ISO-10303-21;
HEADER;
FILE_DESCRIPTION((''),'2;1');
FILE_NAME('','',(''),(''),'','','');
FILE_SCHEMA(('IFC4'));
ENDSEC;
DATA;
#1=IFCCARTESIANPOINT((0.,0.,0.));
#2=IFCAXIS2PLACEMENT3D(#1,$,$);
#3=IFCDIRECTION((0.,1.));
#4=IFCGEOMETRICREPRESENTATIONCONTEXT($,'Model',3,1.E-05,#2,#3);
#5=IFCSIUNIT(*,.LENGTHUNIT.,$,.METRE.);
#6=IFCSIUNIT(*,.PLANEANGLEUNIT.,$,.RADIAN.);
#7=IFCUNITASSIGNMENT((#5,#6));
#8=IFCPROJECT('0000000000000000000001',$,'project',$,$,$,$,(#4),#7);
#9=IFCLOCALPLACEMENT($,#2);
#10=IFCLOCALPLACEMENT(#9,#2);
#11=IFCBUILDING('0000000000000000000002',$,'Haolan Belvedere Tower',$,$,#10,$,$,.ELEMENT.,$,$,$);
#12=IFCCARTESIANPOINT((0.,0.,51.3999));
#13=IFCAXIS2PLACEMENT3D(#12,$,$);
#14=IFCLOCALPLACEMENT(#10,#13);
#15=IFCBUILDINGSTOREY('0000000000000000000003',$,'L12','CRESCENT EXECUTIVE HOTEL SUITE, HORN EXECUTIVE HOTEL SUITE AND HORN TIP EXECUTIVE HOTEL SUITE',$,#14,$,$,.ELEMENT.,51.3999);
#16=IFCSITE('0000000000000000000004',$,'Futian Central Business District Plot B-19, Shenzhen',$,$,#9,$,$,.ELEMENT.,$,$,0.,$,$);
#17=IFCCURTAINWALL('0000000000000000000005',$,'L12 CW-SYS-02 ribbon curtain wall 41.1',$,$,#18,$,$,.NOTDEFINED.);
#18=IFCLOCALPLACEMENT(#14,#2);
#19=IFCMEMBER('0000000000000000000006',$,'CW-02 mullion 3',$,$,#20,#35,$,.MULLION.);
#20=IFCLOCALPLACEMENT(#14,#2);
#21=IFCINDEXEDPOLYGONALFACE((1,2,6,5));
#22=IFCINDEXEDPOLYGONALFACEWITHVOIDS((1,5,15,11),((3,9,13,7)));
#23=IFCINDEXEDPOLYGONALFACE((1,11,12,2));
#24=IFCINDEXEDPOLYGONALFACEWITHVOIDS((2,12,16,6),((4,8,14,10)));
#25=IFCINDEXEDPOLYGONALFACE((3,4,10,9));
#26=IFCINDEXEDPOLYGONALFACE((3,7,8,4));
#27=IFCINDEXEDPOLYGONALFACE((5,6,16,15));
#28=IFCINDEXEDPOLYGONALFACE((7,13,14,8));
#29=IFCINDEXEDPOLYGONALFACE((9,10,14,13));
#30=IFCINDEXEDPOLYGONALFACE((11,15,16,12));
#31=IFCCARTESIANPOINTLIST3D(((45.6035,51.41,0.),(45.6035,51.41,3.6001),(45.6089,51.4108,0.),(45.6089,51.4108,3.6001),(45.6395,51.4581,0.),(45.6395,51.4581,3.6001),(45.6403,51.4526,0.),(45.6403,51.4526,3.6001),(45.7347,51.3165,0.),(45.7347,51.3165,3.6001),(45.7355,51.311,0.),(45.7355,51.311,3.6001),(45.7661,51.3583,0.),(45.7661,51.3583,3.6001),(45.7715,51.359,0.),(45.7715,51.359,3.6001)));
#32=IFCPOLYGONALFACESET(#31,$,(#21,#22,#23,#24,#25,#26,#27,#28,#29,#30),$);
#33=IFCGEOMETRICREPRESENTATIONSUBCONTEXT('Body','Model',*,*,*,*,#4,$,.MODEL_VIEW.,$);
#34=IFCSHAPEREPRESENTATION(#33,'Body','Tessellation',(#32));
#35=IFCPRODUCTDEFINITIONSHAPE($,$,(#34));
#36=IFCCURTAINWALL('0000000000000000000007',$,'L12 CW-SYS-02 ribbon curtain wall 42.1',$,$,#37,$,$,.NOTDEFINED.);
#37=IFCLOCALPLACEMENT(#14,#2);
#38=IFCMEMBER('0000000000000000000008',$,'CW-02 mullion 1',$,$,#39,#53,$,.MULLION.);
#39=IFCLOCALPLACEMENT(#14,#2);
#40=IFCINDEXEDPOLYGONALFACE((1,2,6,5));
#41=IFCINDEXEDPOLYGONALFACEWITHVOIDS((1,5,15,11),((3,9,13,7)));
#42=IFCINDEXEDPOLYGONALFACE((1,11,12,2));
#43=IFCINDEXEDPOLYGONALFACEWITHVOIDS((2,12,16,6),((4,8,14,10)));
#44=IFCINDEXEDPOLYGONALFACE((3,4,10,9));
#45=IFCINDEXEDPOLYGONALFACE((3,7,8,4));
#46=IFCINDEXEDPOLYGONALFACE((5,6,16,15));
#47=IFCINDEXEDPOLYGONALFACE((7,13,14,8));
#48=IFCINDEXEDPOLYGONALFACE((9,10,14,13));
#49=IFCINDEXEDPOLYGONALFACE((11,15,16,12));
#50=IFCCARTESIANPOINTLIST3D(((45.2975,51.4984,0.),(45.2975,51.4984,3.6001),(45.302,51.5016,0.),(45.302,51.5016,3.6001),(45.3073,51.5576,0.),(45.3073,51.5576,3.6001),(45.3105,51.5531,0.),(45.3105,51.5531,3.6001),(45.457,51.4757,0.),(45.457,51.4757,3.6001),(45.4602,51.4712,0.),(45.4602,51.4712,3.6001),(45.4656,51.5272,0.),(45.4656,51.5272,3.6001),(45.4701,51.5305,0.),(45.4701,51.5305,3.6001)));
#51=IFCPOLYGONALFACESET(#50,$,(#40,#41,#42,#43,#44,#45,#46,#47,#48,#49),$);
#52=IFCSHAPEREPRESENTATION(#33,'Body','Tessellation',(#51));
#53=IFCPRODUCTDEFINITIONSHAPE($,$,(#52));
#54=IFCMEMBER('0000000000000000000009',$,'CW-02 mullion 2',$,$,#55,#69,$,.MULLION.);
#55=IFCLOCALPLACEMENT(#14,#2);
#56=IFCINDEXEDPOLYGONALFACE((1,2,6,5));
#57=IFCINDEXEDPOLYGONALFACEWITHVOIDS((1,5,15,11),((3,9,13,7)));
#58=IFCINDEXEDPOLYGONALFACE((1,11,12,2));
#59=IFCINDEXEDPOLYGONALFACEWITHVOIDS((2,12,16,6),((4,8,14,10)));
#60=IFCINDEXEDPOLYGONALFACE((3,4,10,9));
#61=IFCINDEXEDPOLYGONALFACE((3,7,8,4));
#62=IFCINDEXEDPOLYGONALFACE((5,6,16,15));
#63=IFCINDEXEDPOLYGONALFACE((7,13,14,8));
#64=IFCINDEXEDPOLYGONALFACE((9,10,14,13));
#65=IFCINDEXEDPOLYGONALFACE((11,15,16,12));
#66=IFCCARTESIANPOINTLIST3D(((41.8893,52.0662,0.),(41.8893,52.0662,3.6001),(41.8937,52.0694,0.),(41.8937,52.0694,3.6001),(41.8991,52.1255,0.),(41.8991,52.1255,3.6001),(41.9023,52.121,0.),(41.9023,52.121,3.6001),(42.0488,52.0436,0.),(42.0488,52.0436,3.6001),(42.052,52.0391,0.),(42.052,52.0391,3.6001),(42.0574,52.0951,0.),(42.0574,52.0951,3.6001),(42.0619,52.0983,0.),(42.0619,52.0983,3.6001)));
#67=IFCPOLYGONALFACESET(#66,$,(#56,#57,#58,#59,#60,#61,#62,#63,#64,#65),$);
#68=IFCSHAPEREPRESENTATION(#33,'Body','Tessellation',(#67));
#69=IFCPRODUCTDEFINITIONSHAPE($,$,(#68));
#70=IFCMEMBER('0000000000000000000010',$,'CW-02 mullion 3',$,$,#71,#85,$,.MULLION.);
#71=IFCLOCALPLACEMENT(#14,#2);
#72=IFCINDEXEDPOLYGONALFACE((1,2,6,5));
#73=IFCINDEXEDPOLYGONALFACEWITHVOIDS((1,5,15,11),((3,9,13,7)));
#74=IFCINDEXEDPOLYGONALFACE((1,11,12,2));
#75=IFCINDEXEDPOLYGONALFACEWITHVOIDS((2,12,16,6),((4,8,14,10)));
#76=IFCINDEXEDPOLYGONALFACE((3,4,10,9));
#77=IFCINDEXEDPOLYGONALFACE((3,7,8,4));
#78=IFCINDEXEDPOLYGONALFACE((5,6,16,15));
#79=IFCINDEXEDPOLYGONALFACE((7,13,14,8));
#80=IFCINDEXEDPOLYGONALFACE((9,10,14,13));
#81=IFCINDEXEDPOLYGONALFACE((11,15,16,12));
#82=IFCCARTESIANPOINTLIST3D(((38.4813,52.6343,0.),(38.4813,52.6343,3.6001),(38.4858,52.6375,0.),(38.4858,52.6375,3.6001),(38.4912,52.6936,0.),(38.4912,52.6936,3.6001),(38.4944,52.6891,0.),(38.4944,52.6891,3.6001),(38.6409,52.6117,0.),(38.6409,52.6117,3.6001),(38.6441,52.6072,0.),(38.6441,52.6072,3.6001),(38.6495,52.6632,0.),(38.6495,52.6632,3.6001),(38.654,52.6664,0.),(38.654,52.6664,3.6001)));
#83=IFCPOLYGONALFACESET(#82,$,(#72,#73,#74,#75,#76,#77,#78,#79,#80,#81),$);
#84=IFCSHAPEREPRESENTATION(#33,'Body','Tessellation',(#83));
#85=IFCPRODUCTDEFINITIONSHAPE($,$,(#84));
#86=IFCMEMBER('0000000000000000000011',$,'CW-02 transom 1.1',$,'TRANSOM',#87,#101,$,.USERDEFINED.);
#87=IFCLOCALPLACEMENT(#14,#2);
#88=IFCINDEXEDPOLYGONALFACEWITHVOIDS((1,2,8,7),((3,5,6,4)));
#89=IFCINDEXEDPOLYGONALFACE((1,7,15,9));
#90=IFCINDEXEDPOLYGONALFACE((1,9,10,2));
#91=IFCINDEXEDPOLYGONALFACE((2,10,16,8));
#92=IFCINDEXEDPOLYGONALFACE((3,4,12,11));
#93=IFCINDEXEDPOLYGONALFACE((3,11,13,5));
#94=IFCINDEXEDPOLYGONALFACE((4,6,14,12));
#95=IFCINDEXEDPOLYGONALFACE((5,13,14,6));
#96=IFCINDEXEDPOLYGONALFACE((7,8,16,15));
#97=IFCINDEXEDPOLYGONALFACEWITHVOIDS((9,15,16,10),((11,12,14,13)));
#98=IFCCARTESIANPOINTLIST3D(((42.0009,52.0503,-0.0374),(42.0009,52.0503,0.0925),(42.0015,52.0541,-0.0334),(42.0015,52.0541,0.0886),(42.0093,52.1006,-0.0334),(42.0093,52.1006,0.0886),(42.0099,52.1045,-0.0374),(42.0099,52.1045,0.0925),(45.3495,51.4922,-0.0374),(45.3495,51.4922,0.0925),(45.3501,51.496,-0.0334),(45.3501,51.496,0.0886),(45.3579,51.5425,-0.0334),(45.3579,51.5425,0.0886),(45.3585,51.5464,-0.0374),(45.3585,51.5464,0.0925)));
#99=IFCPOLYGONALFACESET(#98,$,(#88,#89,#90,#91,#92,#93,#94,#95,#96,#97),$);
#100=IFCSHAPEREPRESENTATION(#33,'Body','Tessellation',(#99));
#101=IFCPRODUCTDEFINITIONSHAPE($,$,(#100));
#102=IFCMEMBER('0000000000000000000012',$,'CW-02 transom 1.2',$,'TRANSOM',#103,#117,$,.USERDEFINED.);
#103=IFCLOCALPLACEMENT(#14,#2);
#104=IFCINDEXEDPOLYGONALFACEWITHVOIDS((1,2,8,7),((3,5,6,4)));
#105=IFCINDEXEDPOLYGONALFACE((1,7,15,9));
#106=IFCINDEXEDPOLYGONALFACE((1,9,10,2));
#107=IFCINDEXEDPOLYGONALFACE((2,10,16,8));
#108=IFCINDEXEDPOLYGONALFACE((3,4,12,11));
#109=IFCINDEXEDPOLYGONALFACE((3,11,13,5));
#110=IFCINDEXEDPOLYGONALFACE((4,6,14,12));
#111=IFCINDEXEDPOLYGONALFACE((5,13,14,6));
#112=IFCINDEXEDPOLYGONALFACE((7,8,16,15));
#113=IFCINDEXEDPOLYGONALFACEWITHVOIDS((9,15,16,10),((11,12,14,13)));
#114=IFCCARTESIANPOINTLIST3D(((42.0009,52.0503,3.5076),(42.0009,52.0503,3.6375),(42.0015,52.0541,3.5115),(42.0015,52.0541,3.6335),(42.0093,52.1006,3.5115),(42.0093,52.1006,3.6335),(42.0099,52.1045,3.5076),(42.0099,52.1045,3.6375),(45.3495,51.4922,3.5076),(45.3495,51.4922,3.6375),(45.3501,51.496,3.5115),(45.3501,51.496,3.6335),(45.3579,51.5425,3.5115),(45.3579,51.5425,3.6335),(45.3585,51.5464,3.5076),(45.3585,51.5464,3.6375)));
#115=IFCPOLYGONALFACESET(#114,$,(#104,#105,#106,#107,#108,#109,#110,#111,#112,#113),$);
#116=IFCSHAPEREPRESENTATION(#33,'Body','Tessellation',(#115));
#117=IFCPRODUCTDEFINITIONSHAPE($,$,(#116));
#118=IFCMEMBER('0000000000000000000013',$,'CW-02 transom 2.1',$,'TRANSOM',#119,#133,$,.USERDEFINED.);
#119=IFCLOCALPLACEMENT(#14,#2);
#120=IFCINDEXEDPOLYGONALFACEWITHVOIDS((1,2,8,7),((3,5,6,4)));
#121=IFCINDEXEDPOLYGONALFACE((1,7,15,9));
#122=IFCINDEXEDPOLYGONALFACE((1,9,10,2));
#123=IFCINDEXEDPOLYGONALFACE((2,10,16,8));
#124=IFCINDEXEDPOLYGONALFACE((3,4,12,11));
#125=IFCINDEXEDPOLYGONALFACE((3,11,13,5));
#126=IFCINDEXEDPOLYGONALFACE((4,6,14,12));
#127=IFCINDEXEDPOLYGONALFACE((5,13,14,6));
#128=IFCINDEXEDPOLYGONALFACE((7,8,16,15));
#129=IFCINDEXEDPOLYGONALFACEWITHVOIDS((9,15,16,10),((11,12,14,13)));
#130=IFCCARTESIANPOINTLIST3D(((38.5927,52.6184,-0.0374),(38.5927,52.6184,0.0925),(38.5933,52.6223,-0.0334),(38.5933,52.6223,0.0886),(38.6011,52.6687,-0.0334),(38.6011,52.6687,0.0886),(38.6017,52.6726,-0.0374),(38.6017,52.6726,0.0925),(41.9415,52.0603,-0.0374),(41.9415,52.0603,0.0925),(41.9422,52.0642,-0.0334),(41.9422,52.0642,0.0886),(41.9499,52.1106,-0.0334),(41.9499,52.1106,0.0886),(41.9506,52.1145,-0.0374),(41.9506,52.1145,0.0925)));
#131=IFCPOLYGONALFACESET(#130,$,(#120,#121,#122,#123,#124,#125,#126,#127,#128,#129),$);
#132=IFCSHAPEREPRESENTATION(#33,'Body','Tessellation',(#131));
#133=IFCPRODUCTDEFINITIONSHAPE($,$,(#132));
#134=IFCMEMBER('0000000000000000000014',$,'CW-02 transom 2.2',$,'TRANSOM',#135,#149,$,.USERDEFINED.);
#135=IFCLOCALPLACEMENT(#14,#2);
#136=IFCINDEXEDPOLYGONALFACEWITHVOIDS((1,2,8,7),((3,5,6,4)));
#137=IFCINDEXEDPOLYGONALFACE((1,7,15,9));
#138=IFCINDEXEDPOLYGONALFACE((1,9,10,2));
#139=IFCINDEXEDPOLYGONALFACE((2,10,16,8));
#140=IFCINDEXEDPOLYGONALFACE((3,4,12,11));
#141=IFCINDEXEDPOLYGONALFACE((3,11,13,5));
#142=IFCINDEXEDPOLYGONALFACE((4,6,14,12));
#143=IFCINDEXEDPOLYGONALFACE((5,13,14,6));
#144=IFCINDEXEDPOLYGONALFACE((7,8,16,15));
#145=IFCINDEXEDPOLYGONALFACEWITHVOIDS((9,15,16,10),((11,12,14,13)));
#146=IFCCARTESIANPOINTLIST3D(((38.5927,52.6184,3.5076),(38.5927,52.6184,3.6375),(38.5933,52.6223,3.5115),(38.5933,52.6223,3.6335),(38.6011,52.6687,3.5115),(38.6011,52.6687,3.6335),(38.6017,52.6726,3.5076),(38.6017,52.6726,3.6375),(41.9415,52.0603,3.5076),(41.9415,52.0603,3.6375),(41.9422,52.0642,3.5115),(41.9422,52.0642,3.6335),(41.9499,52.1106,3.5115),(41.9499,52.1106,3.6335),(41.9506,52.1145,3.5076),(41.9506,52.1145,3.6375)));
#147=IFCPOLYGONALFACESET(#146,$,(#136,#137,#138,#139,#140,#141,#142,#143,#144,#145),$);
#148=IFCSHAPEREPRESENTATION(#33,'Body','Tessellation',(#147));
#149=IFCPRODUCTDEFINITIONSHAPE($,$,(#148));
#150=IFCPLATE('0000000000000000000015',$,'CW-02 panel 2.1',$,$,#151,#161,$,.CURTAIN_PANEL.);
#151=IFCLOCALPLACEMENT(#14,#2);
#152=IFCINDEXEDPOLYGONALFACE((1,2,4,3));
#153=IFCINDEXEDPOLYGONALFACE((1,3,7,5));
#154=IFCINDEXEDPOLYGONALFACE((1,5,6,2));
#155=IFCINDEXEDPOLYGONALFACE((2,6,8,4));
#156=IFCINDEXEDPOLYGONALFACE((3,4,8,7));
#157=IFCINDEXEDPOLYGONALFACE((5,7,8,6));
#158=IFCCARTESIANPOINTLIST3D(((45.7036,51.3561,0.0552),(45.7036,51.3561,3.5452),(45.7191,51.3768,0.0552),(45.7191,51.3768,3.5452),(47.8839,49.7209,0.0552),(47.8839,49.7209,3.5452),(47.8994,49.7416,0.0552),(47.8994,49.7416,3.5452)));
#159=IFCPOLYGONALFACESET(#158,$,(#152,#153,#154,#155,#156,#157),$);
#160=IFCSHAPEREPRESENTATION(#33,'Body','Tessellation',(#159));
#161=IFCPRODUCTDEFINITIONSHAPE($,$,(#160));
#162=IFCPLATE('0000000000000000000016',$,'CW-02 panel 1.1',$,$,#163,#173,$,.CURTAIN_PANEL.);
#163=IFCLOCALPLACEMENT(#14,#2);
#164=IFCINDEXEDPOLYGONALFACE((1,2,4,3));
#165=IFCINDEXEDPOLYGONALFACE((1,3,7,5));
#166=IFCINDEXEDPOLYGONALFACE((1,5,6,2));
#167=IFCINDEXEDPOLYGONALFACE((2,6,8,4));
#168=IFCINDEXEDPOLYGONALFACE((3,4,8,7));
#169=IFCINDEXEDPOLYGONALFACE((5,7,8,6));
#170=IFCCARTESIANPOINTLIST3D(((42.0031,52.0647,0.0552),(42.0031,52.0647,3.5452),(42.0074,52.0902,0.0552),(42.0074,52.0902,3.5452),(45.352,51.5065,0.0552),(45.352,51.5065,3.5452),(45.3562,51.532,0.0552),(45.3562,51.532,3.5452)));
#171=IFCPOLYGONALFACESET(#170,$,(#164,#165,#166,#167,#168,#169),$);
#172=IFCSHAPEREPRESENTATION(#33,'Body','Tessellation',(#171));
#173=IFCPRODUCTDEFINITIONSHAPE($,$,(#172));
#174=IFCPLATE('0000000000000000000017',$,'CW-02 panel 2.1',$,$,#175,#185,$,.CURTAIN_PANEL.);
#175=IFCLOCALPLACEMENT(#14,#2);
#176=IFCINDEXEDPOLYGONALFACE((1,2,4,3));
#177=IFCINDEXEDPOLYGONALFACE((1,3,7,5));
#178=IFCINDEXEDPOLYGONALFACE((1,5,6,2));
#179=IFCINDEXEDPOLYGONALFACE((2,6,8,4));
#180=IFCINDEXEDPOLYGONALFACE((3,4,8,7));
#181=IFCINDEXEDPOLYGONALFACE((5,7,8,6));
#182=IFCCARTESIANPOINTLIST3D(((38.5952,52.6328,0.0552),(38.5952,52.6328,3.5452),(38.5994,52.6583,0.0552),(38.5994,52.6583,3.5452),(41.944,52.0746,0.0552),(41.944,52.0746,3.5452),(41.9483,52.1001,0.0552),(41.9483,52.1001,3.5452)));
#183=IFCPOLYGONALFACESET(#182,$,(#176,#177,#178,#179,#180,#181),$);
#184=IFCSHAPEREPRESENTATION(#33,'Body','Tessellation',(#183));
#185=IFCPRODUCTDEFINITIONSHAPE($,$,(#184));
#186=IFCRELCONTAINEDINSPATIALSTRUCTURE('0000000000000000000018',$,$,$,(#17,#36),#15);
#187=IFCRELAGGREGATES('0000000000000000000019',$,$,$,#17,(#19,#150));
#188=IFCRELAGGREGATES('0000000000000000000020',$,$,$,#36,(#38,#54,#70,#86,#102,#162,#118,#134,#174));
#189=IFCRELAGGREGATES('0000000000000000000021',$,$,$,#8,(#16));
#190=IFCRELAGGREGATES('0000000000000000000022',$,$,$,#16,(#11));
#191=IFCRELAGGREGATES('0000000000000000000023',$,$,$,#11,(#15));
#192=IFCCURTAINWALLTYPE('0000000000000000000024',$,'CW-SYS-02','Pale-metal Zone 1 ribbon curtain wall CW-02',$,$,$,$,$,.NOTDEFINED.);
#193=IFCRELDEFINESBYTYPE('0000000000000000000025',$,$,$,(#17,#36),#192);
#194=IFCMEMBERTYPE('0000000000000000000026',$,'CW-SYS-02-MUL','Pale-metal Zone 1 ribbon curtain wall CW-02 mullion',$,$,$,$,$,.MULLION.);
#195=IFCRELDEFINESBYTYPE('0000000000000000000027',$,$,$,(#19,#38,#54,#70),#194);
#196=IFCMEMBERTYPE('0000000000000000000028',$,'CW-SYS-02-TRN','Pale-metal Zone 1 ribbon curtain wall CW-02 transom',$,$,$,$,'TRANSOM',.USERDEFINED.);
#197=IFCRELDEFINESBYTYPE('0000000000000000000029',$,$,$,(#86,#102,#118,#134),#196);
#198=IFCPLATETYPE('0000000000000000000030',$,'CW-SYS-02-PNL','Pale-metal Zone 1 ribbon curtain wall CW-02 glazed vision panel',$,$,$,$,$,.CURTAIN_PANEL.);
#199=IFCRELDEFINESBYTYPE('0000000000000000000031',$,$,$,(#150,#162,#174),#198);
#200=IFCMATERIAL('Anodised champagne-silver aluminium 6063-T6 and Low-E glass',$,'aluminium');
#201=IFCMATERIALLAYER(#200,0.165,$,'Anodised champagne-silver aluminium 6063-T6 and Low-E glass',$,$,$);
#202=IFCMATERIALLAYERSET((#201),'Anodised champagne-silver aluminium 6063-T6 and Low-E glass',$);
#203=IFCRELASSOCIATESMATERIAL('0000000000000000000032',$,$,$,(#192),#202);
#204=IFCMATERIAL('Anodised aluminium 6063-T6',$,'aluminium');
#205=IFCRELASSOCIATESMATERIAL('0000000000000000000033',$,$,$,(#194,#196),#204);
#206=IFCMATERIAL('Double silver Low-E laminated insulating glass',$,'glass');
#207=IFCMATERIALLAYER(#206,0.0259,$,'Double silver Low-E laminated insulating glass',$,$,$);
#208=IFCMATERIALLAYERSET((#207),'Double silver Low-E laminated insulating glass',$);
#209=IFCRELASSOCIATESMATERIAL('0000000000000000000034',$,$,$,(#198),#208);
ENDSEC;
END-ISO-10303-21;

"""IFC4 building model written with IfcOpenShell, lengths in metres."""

from ifc_helpers import new_model, si_unit, direction, frame, origin, origin_2d, place, context, subcontext, project, spatial, rectangle, hollow_rectangle, extrude, material, layer, layer_set, material_profile, profile_set, type_object, element, aggregate, save


model = new_model("IFC4")

# Units and contexts
model_context = context("Model", 3, precision=1e-05, world=origin(), true_north=direction((0.0, 1.0)))
body_context = subcontext(model_context, "Body", "Model", "MODEL_VIEW")
ifc_project = project(units=[si_unit("LENGTHUNIT", "METRE"), si_unit("PLANEANGLEUNIT", "RADIAN")], contexts=[model_context])

# Site, building, storey
site_placement = place(None, origin())
site = spatial("IfcSite", under=ifc_project, at=site_placement, Name="Futian Central Business District Plot B-19, Shenzhen", CompositionType="ELEMENT", RefElevation=0.0)
building_placement = place(site_placement, origin())
building = spatial("IfcBuilding", under=site, at=building_placement, Name="Haolan Belvedere Tower", CompositionType="ELEMENT")
storey_placement = place(building_placement, frame((0.0, 0.0, 51.3999)))
storey = spatial("IfcBuildingStorey", under=building, at=storey_placement, Name="L12", Description="CRESCENT EXECUTIVE HOTEL SUITE, HORN EXECUTIVE HOTEL SUITE AND HORN TIP EXECUTIVE HOTEL SUITE", CompositionType="ELEMENT", Elevation=51.3999)

# Curtain wall, member
ifc_material_1 = material(Name="Anodised champagne-silver aluminium 6063-T6 and Low-E glass", Category="aluminium")
ifc_layer_1 = layer(ifc_material_1, 0.165, Name="Anodised champagne-silver aluminium 6063-T6 and Low-E glass")
ifc_layer_set_1 = layer_set([ifc_layer_1], Name="Anodised champagne-silver aluminium 6063-T6 and Low-E glass")
curtain_wall_type = type_object("IfcCurtainWallType", Name="CW-SYS-02", Description="Pale-metal Zone 1 ribbon curtain wall CW-02", PredefinedType="NOTDEFINED", material=ifc_layer_set_1)
curtain_wall_1_placement = place(storey_placement, origin())
curtain_wall_1 = element("IfcCurtainWall", 1, at=curtain_wall_1_placement, inside=storey, type_object=curtain_wall_type, Name="L12 CW-SYS-02 ribbon curtain wall 41.1", PredefinedType="NOTDEFINED")
ifc_material_2 = material(Name="Anodised aluminium 6063-T6", Category="aluminium")
ifc_material_profile_1 = material_profile(ifc_material_2, hollow_rectangle(XDim=0.0601, YDim=0.165, WallThickness=0.0039, at=origin_2d()), Name="Anodised aluminium 6063-T6")
ifc_profile_set_1 = profile_set([ifc_material_profile_1], Name="Anodised aluminium 6063-T6")
member_type_1 = type_object("IfcMemberType", Name="CW-SYS-02-MUL", Description="Pale-metal Zone 1 ribbon curtain wall CW-02 mullion", PredefinedType="MULLION", material=ifc_profile_set_1)
member_1_placement = place(storey_placement, frame((45.6875, 51.3845, 0.0), z_axis=(0.0, 0.0, 1.0), x_axis=(-0.599994, -0.800004, 0.0)))
member_1 = element("IfcMember", 2, at=member_1_placement, type_object=member_type_1, Name="CW-02 mullion 3", PredefinedType="MULLION", context=body_context, shape_type="SweptSolid", body=[
    extrude(hollow_rectangle(XDim=0.0601, YDim=0.165, WallThickness=0.0039, at=origin_2d()), origin(), (0.0, 0.0, 1.0), 3.6001),
])

# Curtain wall, members
curtain_wall_2_placement = place(storey_placement, origin())
curtain_wall_2 = element("IfcCurtainWall", 3, at=curtain_wall_2_placement, inside=storey, type_object=curtain_wall_type, Name="L12 CW-SYS-02 ribbon curtain wall 42.1", PredefinedType="NOTDEFINED")
member_2_placement = place(storey_placement, frame((45.3838, 51.5144, 0.0), z_axis=(0.0, 0.0, 1.0), x_axis=(-0.164404, -0.986393, 0.0)))
member_2 = element("IfcMember", 4, at=member_2_placement, type_object=member_type_1, Name="CW-02 mullion 1", PredefinedType="MULLION", context=body_context, shape_type="SweptSolid", body=[
    extrude(hollow_rectangle(XDim=0.0601, YDim=0.165, WallThickness=0.0039, at=origin_2d()), origin(), (0.0, 0.0, 1.0), 3.6001),
])
member_3_placement = place(storey_placement, frame((41.9756, 52.0823, 0.0), z_axis=(0.0, 0.0, 1.0), x_axis=(-0.164404, -0.986393, 0.0)))
member_3 = element("IfcMember", 5, at=member_3_placement, type_object=member_type_1, Name="CW-02 mullion 2", PredefinedType="MULLION", context=body_context, shape_type="SweptSolid", body=[
    extrude(hollow_rectangle(XDim=0.0601, YDim=0.165, WallThickness=0.0039, at=origin_2d()), origin(), (0.0, 0.0, 1.0), 3.6001),
])
member_4_placement = place(storey_placement, frame((38.5676, 52.6504, 0.0), z_axis=(0.0, 0.0, 1.0), x_axis=(-0.164404, -0.986393, 0.0)))
member_4 = element("IfcMember", 6, at=member_4_placement, type_object=member_type_1, Name="CW-02 mullion 3", PredefinedType="MULLION", context=body_context, shape_type="SweptSolid", body=[
    extrude(hollow_rectangle(XDim=0.0601, YDim=0.165, WallThickness=0.0039, at=origin_2d()), origin(), (0.0, 0.0, 1.0), 3.6001),
])
ifc_material_profile_2 = material_profile(ifc_material_2, hollow_rectangle(XDim=0.0549, YDim=0.1299, WallThickness=0.0039, at=origin_2d()), Name="Anodised aluminium 6063-T6")
ifc_profile_set_2 = profile_set([ifc_material_profile_2], Name="Anodised aluminium 6063-T6")
member_type_2 = type_object("IfcMemberType", Name="CW-SYS-02-TRN", Description="Pale-metal Zone 1 ribbon curtain wall CW-02 transom", ElementType="TRANSOM", PredefinedType="USERDEFINED", material=ifc_profile_set_2)
member_5_placement = place(storey_placement, frame((45.354, 51.5193, 0.0276), z_axis=(-0.986394, 0.164399, 0.0), x_axis=(-0.164399, -0.986394, 0.0)))
member_5 = element("IfcMember", 7, at=member_5_placement, type_object=member_type_2, Name="CW-02 transom 1.1", ObjectType="TRANSOM", PredefinedType="USERDEFINED", context=body_context, shape_type="SweptSolid", body=[
    extrude(hollow_rectangle(XDim=0.0549, YDim=0.1299, WallThickness=0.0039, at=origin_2d()), origin(), (0.0, 0.0, 1.0), 3.3948),
])
member_6_placement = place(storey_placement, frame((45.354, 51.5193, 3.5725), z_axis=(-0.986394, 0.164399, 0.0), x_axis=(-0.164399, -0.986394, 0.0)))
member_6 = element("IfcMember", 8, at=member_6_placement, type_object=member_type_2, Name="CW-02 transom 1.2", ObjectType="TRANSOM", PredefinedType="USERDEFINED", context=body_context, shape_type="SweptSolid", body=[
    extrude(hollow_rectangle(XDim=0.0549, YDim=0.1299, WallThickness=0.0039, at=origin_2d()), origin(), (0.0, 0.0, 1.0), 3.3948),
])
member_7_placement = place(storey_placement, frame((41.946, 52.0874, 0.0276), z_axis=(-0.986396, 0.164387, 0.0), x_axis=(-0.164387, -0.986396, 0.0)))
member_7 = element("IfcMember", 9, at=member_7_placement, type_object=member_type_2, Name="CW-02 transom 2.1", ObjectType="TRANSOM", PredefinedType="USERDEFINED", context=body_context, shape_type="SweptSolid", body=[
    extrude(hollow_rectangle(XDim=0.0549, YDim=0.1299, WallThickness=0.0039, at=origin_2d()), origin(), (0.0, 0.0, 1.0), 3.395),
])
member_8_placement = place(storey_placement, frame((41.946, 52.0874, 3.5725), z_axis=(-0.986396, 0.164387, 0.0), x_axis=(-0.164387, -0.986396, 0.0)))
member_8 = element("IfcMember", 10, at=member_8_placement, type_object=member_type_2, Name="CW-02 transom 2.2", ObjectType="TRANSOM", PredefinedType="USERDEFINED", context=body_context, shape_type="SweptSolid", body=[
    extrude(hollow_rectangle(XDim=0.0549, YDim=0.1299, WallThickness=0.0039, at=origin_2d()), origin(), (0.0, 0.0, 1.0), 3.395),
])

# Plates
ifc_material_3 = material(Name="Double silver Low-E laminated insulating glass", Category="glass")
ifc_layer_2 = layer(ifc_material_3, 0.0259, Name="Double silver Low-E laminated insulating glass")
ifc_layer_set_2 = layer_set([ifc_layer_2], Name="Double silver Low-E laminated insulating glass")
plate_type = type_object("IfcPlateType", Name="CW-SYS-02-PNL", Description="Pale-metal Zone 1 ribbon curtain wall CW-02 glazed vision panel", PredefinedType="CURTAIN_PANEL", material=ifc_layer_set_2)
plate_1_placement = place(storey_placement, frame((46.8015, 50.5488, 0.0552), z_axis=(0.0, 0.0, 1.0), x_axis=(-0.800004, 0.599994, 0.0)))
plate_1 = element("IfcPlate", 11, at=plate_1_placement, type_object=plate_type, Name="CW-02 panel 2.1", PredefinedType="CURTAIN_PANEL", context=body_context, shape_type="SweptSolid", body=[
    extrude(rectangle(XDim=2.7253, YDim=0.0259, at=origin_2d()), origin(), (0.0, 0.0, 1.0), 3.49),
])
aggregate(curtain_wall_1, [member_1, plate_1])
plate_2_placement = place(storey_placement, frame((43.6797, 51.7983, 0.0552), z_axis=(0.0, 0.0, 1.0), x_axis=(-0.986393, 0.164404, 0.0)))
plate_2 = element("IfcPlate", 12, at=plate_2_placement, type_object=plate_type, Name="CW-02 panel 1.1", PredefinedType="CURTAIN_PANEL", context=body_context, shape_type="SweptSolid", body=[
    extrude(rectangle(XDim=3.395, YDim=0.0259, at=origin_2d()), origin(), (0.0, 0.0, 1.0), 3.49),
])
plate_3_placement = place(storey_placement, frame((40.2717, 52.3665, 0.0552), z_axis=(0.0, 0.0, 1.0), x_axis=(-0.986393, 0.164404, 0.0)))
plate_3 = element("IfcPlate", 13, at=plate_3_placement, type_object=plate_type, Name="CW-02 panel 2.1", PredefinedType="CURTAIN_PANEL", context=body_context, shape_type="SweptSolid", body=[
    extrude(rectangle(XDim=3.395, YDim=0.0259, at=origin_2d()), origin(), (0.0, 0.0, 1.0), 3.49),
])
aggregate(curtain_wall_2, [member_2, member_3, member_4, member_5, member_6, plate_2, member_7, member_8, plate_3])

save(model, "model.ifc")
